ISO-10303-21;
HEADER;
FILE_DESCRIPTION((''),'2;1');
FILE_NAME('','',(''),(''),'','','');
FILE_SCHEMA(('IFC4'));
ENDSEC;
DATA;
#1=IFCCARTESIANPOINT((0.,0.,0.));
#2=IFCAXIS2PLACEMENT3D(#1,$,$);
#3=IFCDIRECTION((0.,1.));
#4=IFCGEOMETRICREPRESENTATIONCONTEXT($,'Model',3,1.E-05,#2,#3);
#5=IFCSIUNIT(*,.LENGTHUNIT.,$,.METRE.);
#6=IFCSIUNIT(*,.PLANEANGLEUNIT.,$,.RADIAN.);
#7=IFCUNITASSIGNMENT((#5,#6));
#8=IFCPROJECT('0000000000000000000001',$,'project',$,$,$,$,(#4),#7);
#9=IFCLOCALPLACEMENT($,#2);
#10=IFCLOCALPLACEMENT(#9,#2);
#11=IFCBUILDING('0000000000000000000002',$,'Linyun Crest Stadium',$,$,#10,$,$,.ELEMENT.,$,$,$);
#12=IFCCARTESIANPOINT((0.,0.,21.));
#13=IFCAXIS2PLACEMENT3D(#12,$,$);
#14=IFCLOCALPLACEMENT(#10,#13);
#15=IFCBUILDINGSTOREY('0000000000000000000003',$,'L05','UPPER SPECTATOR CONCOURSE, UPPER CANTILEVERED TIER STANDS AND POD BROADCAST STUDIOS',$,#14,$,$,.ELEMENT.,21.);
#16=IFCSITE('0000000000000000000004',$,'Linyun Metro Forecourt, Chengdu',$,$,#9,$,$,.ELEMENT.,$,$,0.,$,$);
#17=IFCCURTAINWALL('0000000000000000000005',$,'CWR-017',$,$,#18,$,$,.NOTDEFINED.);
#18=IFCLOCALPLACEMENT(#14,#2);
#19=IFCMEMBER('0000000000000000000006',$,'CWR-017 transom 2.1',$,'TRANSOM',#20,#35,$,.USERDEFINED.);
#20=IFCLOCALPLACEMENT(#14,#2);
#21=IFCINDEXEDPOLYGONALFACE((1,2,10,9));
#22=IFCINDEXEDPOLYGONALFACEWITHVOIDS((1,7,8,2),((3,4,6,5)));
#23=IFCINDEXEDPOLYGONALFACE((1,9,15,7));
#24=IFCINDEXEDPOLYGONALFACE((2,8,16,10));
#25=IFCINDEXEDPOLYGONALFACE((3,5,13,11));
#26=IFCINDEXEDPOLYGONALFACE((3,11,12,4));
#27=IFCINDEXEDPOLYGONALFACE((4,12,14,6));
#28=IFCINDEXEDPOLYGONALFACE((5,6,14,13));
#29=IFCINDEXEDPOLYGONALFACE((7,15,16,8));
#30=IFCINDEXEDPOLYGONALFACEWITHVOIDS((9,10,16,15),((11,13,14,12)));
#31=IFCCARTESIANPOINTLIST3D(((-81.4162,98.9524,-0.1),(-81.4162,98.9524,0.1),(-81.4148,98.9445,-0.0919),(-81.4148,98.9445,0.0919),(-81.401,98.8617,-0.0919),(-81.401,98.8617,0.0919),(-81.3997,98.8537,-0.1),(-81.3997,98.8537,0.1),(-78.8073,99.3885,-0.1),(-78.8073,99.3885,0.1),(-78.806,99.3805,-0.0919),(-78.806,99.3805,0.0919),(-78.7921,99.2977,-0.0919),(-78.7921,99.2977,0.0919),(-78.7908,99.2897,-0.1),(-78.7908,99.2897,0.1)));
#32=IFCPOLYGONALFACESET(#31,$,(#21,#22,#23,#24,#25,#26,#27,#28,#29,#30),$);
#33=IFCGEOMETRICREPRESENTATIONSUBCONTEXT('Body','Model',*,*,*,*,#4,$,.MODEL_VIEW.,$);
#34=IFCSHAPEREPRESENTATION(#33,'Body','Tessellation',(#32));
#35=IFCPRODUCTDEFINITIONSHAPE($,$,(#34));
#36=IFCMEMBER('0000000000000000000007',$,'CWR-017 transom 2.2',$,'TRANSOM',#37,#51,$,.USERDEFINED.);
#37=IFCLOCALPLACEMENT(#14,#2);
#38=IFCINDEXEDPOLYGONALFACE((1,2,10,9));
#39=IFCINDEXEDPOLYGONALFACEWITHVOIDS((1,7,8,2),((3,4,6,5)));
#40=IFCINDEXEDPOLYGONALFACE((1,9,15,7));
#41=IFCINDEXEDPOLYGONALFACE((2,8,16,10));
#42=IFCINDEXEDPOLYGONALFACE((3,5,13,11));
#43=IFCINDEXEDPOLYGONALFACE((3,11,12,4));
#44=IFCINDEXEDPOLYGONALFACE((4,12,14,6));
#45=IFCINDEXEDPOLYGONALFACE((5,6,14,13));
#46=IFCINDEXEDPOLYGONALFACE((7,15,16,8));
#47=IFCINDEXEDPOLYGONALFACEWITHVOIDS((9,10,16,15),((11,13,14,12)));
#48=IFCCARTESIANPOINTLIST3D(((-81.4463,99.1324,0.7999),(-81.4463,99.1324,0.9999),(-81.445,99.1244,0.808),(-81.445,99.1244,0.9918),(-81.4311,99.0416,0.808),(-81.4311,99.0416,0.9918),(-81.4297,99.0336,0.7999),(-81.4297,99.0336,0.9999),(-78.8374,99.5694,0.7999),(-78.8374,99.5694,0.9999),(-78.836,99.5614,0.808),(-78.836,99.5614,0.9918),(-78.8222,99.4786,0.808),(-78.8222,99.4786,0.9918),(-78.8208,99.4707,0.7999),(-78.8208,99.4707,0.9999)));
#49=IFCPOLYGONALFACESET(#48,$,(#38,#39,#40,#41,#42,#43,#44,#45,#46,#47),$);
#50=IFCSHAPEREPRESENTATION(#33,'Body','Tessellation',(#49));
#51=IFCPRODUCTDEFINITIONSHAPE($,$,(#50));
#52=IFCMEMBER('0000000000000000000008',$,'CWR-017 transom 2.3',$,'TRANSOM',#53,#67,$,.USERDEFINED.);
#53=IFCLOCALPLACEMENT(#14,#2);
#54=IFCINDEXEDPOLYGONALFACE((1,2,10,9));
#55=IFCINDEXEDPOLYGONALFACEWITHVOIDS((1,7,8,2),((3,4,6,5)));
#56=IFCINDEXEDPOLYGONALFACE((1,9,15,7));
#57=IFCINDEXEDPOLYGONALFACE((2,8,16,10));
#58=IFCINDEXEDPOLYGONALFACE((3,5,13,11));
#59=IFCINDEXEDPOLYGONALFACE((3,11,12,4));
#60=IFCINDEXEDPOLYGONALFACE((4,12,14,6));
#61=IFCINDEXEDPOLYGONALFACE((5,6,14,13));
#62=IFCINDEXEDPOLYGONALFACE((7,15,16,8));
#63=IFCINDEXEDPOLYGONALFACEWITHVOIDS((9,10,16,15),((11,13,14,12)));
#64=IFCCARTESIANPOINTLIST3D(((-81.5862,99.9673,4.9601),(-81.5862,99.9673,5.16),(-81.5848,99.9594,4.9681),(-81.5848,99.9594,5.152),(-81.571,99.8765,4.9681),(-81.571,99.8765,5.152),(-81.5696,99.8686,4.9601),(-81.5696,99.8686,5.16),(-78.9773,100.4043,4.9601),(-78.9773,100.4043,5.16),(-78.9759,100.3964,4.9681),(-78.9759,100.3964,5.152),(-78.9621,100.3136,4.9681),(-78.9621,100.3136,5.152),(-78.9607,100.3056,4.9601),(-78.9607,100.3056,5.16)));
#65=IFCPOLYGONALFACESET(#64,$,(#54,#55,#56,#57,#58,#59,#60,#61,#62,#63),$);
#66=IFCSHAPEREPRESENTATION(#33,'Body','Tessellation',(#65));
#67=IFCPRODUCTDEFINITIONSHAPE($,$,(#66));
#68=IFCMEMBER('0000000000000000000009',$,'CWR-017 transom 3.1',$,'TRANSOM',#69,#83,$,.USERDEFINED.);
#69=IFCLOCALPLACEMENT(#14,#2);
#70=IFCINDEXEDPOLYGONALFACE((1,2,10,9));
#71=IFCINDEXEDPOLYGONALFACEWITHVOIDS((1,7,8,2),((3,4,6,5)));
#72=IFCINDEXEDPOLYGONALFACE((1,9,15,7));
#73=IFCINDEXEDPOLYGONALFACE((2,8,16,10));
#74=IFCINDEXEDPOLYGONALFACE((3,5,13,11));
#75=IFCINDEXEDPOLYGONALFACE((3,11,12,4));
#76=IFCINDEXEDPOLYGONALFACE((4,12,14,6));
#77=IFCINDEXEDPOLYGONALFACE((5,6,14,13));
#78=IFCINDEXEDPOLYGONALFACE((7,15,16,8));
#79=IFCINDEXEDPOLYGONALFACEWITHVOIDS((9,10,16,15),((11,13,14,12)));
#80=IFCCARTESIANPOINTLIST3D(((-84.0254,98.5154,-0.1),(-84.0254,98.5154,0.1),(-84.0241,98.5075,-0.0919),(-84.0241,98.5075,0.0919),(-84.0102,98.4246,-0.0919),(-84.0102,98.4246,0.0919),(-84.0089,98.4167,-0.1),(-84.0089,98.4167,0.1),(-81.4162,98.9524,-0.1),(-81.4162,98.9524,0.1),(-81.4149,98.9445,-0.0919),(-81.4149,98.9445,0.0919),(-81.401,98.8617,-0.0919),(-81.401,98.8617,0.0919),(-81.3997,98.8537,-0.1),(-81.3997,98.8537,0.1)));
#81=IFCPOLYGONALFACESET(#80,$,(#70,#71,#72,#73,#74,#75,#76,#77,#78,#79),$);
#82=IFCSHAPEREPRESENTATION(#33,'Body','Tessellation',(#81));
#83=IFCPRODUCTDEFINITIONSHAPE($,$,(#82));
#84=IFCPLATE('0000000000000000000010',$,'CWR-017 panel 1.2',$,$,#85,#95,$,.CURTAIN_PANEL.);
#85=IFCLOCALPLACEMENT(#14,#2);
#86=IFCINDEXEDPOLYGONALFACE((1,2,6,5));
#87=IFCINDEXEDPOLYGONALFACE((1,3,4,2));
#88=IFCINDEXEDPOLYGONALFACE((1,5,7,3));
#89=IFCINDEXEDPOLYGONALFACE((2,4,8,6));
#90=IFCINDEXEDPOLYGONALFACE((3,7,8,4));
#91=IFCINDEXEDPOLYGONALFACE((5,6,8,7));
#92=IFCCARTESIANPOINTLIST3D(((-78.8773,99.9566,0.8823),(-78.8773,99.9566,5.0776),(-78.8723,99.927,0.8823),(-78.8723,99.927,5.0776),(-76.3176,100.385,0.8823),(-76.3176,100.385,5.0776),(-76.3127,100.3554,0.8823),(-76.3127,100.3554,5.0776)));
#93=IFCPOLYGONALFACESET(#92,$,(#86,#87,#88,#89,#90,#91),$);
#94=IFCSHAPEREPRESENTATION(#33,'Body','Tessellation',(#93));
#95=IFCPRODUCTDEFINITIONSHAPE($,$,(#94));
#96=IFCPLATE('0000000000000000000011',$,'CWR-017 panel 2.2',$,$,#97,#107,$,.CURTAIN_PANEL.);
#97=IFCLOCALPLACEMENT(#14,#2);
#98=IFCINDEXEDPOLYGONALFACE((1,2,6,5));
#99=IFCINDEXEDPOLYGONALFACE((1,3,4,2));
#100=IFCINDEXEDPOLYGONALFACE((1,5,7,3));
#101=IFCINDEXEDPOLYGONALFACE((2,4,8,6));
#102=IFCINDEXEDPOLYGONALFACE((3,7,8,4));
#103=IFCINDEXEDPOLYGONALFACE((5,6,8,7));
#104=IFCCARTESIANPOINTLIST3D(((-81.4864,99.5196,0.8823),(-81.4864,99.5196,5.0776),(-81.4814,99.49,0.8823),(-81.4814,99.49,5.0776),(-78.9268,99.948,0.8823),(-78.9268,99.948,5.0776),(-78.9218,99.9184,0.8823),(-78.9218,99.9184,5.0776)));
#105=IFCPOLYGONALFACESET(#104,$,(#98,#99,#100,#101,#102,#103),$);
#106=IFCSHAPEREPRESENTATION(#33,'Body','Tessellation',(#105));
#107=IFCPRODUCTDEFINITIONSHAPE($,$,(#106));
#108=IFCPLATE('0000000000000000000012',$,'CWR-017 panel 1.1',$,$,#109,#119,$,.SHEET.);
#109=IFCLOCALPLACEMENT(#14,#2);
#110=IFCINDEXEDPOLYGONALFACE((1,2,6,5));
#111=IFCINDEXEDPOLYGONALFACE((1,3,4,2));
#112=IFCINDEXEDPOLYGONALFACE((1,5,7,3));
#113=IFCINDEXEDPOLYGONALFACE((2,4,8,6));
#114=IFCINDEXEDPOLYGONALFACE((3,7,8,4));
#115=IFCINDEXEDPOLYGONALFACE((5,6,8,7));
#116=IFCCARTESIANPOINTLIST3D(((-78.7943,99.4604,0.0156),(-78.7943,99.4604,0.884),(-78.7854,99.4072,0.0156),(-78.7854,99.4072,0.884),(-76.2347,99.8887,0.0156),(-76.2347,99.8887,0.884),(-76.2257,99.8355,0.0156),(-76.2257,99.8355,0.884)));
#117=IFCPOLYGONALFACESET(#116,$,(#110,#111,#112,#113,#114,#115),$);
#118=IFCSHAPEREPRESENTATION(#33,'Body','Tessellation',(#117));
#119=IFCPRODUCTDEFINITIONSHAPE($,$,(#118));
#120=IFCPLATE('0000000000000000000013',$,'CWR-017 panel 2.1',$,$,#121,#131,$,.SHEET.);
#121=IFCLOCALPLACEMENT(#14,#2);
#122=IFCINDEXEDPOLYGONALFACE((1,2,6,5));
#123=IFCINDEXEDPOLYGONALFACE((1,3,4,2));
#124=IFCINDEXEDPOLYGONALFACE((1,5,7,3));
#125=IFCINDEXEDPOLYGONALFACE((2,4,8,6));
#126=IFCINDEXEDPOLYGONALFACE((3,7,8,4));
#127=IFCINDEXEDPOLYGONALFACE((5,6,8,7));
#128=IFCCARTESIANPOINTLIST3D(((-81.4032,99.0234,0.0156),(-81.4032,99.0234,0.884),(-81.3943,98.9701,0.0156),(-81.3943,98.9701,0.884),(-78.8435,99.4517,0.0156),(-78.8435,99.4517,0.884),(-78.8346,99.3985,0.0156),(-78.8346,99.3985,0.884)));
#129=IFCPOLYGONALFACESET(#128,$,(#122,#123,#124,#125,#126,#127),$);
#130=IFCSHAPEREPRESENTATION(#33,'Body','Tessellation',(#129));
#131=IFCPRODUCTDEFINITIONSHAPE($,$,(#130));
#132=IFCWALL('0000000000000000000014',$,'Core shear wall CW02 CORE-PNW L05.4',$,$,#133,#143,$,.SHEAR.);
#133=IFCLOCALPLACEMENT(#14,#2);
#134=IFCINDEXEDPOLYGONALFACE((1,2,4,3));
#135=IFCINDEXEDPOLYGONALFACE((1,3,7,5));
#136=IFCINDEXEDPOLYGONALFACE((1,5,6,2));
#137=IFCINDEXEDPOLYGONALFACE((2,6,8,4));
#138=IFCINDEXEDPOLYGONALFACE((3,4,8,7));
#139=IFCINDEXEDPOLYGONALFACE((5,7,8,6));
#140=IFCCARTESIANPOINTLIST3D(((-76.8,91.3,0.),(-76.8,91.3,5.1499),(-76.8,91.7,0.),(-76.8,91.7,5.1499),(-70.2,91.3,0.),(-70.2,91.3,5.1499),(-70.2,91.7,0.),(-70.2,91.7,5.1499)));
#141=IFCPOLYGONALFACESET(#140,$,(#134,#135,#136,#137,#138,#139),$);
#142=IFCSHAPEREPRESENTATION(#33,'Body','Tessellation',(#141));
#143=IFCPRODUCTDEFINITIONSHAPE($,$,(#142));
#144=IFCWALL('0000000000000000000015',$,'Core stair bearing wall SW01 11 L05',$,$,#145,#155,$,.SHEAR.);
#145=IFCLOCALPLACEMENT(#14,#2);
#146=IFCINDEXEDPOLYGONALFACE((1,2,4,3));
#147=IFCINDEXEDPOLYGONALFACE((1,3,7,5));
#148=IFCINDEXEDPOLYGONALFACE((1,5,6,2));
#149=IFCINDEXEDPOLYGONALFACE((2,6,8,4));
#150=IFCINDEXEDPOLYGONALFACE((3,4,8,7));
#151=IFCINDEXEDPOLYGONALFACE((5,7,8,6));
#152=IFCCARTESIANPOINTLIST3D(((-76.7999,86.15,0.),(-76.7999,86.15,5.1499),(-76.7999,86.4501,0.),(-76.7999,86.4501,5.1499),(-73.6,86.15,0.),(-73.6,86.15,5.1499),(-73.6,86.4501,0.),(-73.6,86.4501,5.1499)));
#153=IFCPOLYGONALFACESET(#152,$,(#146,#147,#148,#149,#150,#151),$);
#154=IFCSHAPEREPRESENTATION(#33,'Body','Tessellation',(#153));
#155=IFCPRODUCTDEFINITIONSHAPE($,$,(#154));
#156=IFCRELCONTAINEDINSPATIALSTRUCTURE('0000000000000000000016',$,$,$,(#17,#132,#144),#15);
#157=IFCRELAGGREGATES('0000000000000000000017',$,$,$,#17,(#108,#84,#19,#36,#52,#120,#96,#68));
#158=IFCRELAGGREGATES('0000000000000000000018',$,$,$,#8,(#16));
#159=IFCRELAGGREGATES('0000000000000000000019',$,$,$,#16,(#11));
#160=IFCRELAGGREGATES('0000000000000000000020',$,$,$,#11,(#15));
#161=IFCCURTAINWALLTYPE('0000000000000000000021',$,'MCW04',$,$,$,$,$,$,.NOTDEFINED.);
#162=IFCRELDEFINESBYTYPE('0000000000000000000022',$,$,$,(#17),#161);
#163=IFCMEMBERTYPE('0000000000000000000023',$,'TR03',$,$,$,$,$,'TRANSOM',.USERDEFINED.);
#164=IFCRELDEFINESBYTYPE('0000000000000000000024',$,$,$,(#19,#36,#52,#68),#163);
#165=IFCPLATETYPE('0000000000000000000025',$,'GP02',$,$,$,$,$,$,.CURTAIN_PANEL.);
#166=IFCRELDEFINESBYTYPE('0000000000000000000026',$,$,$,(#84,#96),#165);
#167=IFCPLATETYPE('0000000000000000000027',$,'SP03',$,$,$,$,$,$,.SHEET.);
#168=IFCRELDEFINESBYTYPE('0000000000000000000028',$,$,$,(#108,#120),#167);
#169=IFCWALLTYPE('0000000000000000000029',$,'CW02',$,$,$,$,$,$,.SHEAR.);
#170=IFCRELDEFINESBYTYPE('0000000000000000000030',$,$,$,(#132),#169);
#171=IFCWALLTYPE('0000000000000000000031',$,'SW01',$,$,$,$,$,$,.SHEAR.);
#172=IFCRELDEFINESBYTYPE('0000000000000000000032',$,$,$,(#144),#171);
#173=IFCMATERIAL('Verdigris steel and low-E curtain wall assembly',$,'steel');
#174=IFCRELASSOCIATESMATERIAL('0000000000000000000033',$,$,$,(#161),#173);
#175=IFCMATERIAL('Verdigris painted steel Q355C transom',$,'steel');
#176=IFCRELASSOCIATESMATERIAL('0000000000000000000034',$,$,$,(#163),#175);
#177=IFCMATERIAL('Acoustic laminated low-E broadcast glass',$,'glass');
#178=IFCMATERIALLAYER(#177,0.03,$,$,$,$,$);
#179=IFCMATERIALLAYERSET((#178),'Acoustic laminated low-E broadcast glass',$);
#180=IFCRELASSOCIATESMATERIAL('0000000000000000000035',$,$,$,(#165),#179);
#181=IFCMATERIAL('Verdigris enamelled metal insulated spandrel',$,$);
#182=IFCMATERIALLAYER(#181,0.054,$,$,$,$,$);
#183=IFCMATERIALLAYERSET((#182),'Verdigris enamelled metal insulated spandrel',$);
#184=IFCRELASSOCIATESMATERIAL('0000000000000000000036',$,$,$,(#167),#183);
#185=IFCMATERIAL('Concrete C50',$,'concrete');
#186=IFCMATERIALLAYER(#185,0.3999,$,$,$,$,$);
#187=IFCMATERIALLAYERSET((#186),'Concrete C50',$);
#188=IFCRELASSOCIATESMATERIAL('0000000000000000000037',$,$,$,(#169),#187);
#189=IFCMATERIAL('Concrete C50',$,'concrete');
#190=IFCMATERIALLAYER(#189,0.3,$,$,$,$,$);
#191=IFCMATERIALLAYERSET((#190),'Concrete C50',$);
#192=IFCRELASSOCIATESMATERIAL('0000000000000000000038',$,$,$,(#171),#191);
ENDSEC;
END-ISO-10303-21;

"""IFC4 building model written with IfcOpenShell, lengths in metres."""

from ifc_helpers import new_model, si_unit, direction, frame, frame_2d, origin, origin_2d, place, context, subcontext, project, spatial, rectangle, hollow_rectangle, extrude, material, layer, layer_set, material_profile, profile_set, type_object, element, aggregate, save


model = new_model("IFC4")

# Units and contexts
model_context = context("Model", 3, precision=1e-05, world=origin(), true_north=direction((0.0, 1.0)))
body_context = subcontext(model_context, "Body", "Model", "MODEL_VIEW")
ifc_project = project(units=[si_unit("LENGTHUNIT", "METRE"), si_unit("PLANEANGLEUNIT", "RADIAN")], contexts=[model_context])

# Site, building, storey
site_placement = place(None, origin())
site = spatial("IfcSite", under=ifc_project, at=site_placement, Name="Linyun Metro Forecourt, Chengdu", CompositionType="ELEMENT", RefElevation=0.0)
building_placement = place(site_placement, origin())
building = spatial("IfcBuilding", under=site, at=building_placement, Name="Linyun Crest Stadium", CompositionType="ELEMENT")
storey_placement = place(building_placement, frame((0.0, 0.0, 21.0)))
storey = spatial("IfcBuildingStorey", under=building, at=storey_placement, Name="L05", Description="UPPER SPECTATOR CONCOURSE, UPPER CANTILEVERED TIER STANDS AND POD BROADCAST STUDIOS", CompositionType="ELEMENT", Elevation=21.0)

# Shared definitions
ifc_material_1 = material(Name="Verdigris steel and low-E curtain wall assembly", Category="steel")
curtain_wall_type = type_object("IfcCurtainWallType", Name="MCW04", PredefinedType="NOTDEFINED", material=ifc_material_1)

# Curtain wall, members, plates
curtain_wall_1_placement = place(storey_placement, origin())
curtain_wall_1 = element("IfcCurtainWall", 1, at=curtain_wall_1_placement, inside=storey, type_object=curtain_wall_type, Name="CWR-017", PredefinedType="NOTDEFINED")
ifc_material_2 = material(Name="Verdigris painted steel Q355C transom", Category="steel")
ifc_material_profile_1 = material_profile(ifc_material_2, hollow_rectangle(XDim=0.1001, YDim=0.2, WallThickness=0.0081, at=origin_2d()), Name="RHS 200x100x8")
ifc_profile_set_1 = profile_set([ifc_material_profile_1], Name="Verdigris painted steel Q355C transom")
member_type_1 = type_object("IfcMemberType", Name="TR03", ElementType="TRANSOM", PredefinedType="USERDEFINED", material=ifc_profile_set_1)
member_1_placement = place(storey_placement, frame((-78.7991, 99.3391, 0.0), z_axis=(-0.986319, -0.164848, 0.0), x_axis=(0.164848, -0.986319, 0.0)))
member_1 = element("IfcMember", 2, at=member_1_placement, type_object=member_type_1, Name="CWR-017 transom 2.1", ObjectType="TRANSOM", PredefinedType="USERDEFINED", context=body_context, shape_type="SweptSolid", body=[
    extrude(hollow_rectangle(XDim=0.1001, YDim=0.2, WallThickness=0.0081, at=origin_2d()), origin(), (0.0, 0.0, 1.0), 2.645),
])
member_2_placement = place(storey_placement, frame((-78.8291, 99.52, 0.8999), z_axis=(-0.986259, -0.165207, 0.0), x_axis=(0.165207, -0.986259, 0.0)))
member_2 = element("IfcMember", 3, at=member_2_placement, type_object=member_type_1, Name="CWR-017 transom 2.2", ObjectType="TRANSOM", PredefinedType="USERDEFINED", context=body_context, shape_type="SweptSolid", body=[
    extrude(hollow_rectangle(XDim=0.1001, YDim=0.2, WallThickness=0.0081, at=origin_2d()), origin(), (0.0, 0.0, 1.0), 2.6453),
])
member_3_placement = place(storey_placement, frame((-78.969, 100.355, 5.0601), z_axis=(-0.986259, -0.165207, 0.0), x_axis=(0.165207, -0.986259, 0.0)))
member_3 = element("IfcMember", 4, at=member_3_placement, type_object=member_type_1, Name="CWR-017 transom 2.3", ObjectType="TRANSOM", PredefinedType="USERDEFINED", context=body_context, shape_type="SweptSolid", body=[
    extrude(hollow_rectangle(XDim=0.1001, YDim=0.2, WallThickness=0.0081, at=origin_2d()), origin(), (0.0, 0.0, 1.0), 2.6453),
])
member_4_placement = place(storey_placement, frame((-81.408, 98.9031, 0.0), z_axis=(-0.986261, -0.165192, 0.0), x_axis=(0.165192, -0.986261, 0.0)))
member_4 = element("IfcMember", 5, at=member_4_placement, type_object=member_type_1, Name="CWR-017 transom 3.1", ObjectType="TRANSOM", PredefinedType="USERDEFINED", context=body_context, shape_type="SweptSolid", body=[
    extrude(hollow_rectangle(XDim=0.1001, YDim=0.2, WallThickness=0.0081, at=origin_2d()), origin(), (0.0, 0.0, 1.0), 2.6455),
])
ifc_material_3 = material(Name="Acoustic laminated low-E broadcast glass", Category="glass")
ifc_layer_1 = layer(ifc_material_3, 0.03)
ifc_layer_set_1 = layer_set([ifc_layer_1], Name="Acoustic laminated low-E broadcast glass")
plate_type_1 = type_object("IfcPlateType", Name="GP02", PredefinedType="CURTAIN_PANEL", material=ifc_layer_set_1)
plate_1_placement = place(storey_placement, frame((-77.595, 100.156, 0.8823), z_axis=(0.0, 0.0, 1.0), x_axis=(-0.986283, -0.165065, 0.0)))
plate_1 = element("IfcPlate", 6, at=plate_1_placement, type_object=plate_type_1, Name="CWR-017 panel 1.2", PredefinedType="CURTAIN_PANEL", context=body_context, shape_type="SweptSolid", body=[
    extrude(rectangle(XDim=2.5952, YDim=0.03, at=origin_2d()), origin(), (0.0, 0.0, 1.0), 4.1953),
])
plate_2_placement = place(storey_placement, frame((-80.2041, 99.719, 0.8823), z_axis=(0.0, 0.0, 1.0), x_axis=(-0.986283, -0.165065, 0.0)))
plate_2 = element("IfcPlate", 7, at=plate_2_placement, type_object=plate_type_1, Name="CWR-017 panel 2.2", PredefinedType="CURTAIN_PANEL", context=body_context, shape_type="SweptSolid", body=[
    extrude(rectangle(XDim=2.5952, YDim=0.03, at=origin_2d()), origin(), (0.0, 0.0, 1.0), 4.1953),
])
ifc_material_4 = material(Name="Verdigris enamelled metal insulated spandrel")
ifc_layer_2 = layer(ifc_material_4, 0.054)
ifc_layer_set_2 = layer_set([ifc_layer_2], Name="Verdigris enamelled metal insulated spandrel")
plate_type_2 = type_object("IfcPlateType", Name="SP03", PredefinedType="SHEET", material=ifc_layer_set_2)
plate_3_placement = place(storey_placement, frame((-77.51, 99.6479, 0.0156), z_axis=(0.0, 0.0, 1.0), x_axis=(-0.986283, -0.165065, 0.0)))
plate_3 = element("IfcPlate", 8, at=plate_3_placement, type_object=plate_type_2, Name="CWR-017 panel 1.1", PredefinedType="SHEET", context=body_context, shape_type="SweptSolid", body=[
    extrude(rectangle(XDim=2.5952, YDim=0.054, at=origin_2d()), origin(), (0.0, 0.0, 1.0), 0.8684),
])
plate_4_placement = place(storey_placement, frame((-80.1189, 99.2109, 0.0156), z_axis=(0.0, 0.0, 1.0), x_axis=(-0.986283, -0.165065, 0.0)))
plate_4 = element("IfcPlate", 9, at=plate_4_placement, type_object=plate_type_2, Name="CWR-017 panel 2.1", PredefinedType="SHEET", context=body_context, shape_type="SweptSolid", body=[
    extrude(rectangle(XDim=2.5952, YDim=0.054, at=origin_2d()), origin(), (0.0, 0.0, 1.0), 0.8684),
])
aggregate(curtain_wall_1, [plate_3, plate_1, member_1, member_2, member_3, plate_4, plate_2, member_4])

# Walls
ifc_material_5 = material(Name="Concrete C50", Category="concrete")
ifc_layer_3 = layer(ifc_material_5, 0.3999)
ifc_layer_set_3 = layer_set([ifc_layer_3], Name="Concrete C50")
wall_type_1 = type_object("IfcWallType", Name="CW02", PredefinedType="SHEAR", material=ifc_layer_set_3)
wall_1_placement = place(storey_placement, frame((-76.8, 91.5, 0.0), z_axis=(0.0, 0.0, 1.0), x_axis=(1.0, 0.0, 0.0)))
element("IfcWall", 10, at=wall_1_placement, inside=storey, type_object=wall_type_1, Name="Core shear wall CW02 CORE-PNW L05.4", PredefinedType="SHEAR", context=body_context, shape_type="SweptSolid", body=[
    extrude(rectangle(XDim=6.6001, YDim=0.3999, at=frame_2d((3.3, 0.0))), origin(), (0.0, 0.0, 1.0), 5.1499),
])
ifc_material_6 = material(Name="Concrete C50", Category="concrete")
ifc_layer_4 = layer(ifc_material_6, 0.3)
ifc_layer_set_4 = layer_set([ifc_layer_4], Name="Concrete C50")
wall_type_2 = type_object("IfcWallType", Name="SW01", PredefinedType="SHEAR", material=ifc_layer_set_4)
wall_2_placement = place(storey_placement, frame((-76.8, 86.3, 0.0), z_axis=(0.0, 0.0, 1.0), x_axis=(1.0, 0.0, 0.0)))
element("IfcWall", 11, at=wall_2_placement, inside=storey, type_object=wall_type_2, Name="Core stair bearing wall SW01 11 L05", PredefinedType="SHEAR", context=body_context, shape_type="SweptSolid", body=[
    extrude(rectangle(XDim=3.2, YDim=0.3, at=frame_2d((1.6001, 0.0))), origin(), (0.0, 0.0, 1.0), 5.1499),
])

save(model, "model.ifc")
